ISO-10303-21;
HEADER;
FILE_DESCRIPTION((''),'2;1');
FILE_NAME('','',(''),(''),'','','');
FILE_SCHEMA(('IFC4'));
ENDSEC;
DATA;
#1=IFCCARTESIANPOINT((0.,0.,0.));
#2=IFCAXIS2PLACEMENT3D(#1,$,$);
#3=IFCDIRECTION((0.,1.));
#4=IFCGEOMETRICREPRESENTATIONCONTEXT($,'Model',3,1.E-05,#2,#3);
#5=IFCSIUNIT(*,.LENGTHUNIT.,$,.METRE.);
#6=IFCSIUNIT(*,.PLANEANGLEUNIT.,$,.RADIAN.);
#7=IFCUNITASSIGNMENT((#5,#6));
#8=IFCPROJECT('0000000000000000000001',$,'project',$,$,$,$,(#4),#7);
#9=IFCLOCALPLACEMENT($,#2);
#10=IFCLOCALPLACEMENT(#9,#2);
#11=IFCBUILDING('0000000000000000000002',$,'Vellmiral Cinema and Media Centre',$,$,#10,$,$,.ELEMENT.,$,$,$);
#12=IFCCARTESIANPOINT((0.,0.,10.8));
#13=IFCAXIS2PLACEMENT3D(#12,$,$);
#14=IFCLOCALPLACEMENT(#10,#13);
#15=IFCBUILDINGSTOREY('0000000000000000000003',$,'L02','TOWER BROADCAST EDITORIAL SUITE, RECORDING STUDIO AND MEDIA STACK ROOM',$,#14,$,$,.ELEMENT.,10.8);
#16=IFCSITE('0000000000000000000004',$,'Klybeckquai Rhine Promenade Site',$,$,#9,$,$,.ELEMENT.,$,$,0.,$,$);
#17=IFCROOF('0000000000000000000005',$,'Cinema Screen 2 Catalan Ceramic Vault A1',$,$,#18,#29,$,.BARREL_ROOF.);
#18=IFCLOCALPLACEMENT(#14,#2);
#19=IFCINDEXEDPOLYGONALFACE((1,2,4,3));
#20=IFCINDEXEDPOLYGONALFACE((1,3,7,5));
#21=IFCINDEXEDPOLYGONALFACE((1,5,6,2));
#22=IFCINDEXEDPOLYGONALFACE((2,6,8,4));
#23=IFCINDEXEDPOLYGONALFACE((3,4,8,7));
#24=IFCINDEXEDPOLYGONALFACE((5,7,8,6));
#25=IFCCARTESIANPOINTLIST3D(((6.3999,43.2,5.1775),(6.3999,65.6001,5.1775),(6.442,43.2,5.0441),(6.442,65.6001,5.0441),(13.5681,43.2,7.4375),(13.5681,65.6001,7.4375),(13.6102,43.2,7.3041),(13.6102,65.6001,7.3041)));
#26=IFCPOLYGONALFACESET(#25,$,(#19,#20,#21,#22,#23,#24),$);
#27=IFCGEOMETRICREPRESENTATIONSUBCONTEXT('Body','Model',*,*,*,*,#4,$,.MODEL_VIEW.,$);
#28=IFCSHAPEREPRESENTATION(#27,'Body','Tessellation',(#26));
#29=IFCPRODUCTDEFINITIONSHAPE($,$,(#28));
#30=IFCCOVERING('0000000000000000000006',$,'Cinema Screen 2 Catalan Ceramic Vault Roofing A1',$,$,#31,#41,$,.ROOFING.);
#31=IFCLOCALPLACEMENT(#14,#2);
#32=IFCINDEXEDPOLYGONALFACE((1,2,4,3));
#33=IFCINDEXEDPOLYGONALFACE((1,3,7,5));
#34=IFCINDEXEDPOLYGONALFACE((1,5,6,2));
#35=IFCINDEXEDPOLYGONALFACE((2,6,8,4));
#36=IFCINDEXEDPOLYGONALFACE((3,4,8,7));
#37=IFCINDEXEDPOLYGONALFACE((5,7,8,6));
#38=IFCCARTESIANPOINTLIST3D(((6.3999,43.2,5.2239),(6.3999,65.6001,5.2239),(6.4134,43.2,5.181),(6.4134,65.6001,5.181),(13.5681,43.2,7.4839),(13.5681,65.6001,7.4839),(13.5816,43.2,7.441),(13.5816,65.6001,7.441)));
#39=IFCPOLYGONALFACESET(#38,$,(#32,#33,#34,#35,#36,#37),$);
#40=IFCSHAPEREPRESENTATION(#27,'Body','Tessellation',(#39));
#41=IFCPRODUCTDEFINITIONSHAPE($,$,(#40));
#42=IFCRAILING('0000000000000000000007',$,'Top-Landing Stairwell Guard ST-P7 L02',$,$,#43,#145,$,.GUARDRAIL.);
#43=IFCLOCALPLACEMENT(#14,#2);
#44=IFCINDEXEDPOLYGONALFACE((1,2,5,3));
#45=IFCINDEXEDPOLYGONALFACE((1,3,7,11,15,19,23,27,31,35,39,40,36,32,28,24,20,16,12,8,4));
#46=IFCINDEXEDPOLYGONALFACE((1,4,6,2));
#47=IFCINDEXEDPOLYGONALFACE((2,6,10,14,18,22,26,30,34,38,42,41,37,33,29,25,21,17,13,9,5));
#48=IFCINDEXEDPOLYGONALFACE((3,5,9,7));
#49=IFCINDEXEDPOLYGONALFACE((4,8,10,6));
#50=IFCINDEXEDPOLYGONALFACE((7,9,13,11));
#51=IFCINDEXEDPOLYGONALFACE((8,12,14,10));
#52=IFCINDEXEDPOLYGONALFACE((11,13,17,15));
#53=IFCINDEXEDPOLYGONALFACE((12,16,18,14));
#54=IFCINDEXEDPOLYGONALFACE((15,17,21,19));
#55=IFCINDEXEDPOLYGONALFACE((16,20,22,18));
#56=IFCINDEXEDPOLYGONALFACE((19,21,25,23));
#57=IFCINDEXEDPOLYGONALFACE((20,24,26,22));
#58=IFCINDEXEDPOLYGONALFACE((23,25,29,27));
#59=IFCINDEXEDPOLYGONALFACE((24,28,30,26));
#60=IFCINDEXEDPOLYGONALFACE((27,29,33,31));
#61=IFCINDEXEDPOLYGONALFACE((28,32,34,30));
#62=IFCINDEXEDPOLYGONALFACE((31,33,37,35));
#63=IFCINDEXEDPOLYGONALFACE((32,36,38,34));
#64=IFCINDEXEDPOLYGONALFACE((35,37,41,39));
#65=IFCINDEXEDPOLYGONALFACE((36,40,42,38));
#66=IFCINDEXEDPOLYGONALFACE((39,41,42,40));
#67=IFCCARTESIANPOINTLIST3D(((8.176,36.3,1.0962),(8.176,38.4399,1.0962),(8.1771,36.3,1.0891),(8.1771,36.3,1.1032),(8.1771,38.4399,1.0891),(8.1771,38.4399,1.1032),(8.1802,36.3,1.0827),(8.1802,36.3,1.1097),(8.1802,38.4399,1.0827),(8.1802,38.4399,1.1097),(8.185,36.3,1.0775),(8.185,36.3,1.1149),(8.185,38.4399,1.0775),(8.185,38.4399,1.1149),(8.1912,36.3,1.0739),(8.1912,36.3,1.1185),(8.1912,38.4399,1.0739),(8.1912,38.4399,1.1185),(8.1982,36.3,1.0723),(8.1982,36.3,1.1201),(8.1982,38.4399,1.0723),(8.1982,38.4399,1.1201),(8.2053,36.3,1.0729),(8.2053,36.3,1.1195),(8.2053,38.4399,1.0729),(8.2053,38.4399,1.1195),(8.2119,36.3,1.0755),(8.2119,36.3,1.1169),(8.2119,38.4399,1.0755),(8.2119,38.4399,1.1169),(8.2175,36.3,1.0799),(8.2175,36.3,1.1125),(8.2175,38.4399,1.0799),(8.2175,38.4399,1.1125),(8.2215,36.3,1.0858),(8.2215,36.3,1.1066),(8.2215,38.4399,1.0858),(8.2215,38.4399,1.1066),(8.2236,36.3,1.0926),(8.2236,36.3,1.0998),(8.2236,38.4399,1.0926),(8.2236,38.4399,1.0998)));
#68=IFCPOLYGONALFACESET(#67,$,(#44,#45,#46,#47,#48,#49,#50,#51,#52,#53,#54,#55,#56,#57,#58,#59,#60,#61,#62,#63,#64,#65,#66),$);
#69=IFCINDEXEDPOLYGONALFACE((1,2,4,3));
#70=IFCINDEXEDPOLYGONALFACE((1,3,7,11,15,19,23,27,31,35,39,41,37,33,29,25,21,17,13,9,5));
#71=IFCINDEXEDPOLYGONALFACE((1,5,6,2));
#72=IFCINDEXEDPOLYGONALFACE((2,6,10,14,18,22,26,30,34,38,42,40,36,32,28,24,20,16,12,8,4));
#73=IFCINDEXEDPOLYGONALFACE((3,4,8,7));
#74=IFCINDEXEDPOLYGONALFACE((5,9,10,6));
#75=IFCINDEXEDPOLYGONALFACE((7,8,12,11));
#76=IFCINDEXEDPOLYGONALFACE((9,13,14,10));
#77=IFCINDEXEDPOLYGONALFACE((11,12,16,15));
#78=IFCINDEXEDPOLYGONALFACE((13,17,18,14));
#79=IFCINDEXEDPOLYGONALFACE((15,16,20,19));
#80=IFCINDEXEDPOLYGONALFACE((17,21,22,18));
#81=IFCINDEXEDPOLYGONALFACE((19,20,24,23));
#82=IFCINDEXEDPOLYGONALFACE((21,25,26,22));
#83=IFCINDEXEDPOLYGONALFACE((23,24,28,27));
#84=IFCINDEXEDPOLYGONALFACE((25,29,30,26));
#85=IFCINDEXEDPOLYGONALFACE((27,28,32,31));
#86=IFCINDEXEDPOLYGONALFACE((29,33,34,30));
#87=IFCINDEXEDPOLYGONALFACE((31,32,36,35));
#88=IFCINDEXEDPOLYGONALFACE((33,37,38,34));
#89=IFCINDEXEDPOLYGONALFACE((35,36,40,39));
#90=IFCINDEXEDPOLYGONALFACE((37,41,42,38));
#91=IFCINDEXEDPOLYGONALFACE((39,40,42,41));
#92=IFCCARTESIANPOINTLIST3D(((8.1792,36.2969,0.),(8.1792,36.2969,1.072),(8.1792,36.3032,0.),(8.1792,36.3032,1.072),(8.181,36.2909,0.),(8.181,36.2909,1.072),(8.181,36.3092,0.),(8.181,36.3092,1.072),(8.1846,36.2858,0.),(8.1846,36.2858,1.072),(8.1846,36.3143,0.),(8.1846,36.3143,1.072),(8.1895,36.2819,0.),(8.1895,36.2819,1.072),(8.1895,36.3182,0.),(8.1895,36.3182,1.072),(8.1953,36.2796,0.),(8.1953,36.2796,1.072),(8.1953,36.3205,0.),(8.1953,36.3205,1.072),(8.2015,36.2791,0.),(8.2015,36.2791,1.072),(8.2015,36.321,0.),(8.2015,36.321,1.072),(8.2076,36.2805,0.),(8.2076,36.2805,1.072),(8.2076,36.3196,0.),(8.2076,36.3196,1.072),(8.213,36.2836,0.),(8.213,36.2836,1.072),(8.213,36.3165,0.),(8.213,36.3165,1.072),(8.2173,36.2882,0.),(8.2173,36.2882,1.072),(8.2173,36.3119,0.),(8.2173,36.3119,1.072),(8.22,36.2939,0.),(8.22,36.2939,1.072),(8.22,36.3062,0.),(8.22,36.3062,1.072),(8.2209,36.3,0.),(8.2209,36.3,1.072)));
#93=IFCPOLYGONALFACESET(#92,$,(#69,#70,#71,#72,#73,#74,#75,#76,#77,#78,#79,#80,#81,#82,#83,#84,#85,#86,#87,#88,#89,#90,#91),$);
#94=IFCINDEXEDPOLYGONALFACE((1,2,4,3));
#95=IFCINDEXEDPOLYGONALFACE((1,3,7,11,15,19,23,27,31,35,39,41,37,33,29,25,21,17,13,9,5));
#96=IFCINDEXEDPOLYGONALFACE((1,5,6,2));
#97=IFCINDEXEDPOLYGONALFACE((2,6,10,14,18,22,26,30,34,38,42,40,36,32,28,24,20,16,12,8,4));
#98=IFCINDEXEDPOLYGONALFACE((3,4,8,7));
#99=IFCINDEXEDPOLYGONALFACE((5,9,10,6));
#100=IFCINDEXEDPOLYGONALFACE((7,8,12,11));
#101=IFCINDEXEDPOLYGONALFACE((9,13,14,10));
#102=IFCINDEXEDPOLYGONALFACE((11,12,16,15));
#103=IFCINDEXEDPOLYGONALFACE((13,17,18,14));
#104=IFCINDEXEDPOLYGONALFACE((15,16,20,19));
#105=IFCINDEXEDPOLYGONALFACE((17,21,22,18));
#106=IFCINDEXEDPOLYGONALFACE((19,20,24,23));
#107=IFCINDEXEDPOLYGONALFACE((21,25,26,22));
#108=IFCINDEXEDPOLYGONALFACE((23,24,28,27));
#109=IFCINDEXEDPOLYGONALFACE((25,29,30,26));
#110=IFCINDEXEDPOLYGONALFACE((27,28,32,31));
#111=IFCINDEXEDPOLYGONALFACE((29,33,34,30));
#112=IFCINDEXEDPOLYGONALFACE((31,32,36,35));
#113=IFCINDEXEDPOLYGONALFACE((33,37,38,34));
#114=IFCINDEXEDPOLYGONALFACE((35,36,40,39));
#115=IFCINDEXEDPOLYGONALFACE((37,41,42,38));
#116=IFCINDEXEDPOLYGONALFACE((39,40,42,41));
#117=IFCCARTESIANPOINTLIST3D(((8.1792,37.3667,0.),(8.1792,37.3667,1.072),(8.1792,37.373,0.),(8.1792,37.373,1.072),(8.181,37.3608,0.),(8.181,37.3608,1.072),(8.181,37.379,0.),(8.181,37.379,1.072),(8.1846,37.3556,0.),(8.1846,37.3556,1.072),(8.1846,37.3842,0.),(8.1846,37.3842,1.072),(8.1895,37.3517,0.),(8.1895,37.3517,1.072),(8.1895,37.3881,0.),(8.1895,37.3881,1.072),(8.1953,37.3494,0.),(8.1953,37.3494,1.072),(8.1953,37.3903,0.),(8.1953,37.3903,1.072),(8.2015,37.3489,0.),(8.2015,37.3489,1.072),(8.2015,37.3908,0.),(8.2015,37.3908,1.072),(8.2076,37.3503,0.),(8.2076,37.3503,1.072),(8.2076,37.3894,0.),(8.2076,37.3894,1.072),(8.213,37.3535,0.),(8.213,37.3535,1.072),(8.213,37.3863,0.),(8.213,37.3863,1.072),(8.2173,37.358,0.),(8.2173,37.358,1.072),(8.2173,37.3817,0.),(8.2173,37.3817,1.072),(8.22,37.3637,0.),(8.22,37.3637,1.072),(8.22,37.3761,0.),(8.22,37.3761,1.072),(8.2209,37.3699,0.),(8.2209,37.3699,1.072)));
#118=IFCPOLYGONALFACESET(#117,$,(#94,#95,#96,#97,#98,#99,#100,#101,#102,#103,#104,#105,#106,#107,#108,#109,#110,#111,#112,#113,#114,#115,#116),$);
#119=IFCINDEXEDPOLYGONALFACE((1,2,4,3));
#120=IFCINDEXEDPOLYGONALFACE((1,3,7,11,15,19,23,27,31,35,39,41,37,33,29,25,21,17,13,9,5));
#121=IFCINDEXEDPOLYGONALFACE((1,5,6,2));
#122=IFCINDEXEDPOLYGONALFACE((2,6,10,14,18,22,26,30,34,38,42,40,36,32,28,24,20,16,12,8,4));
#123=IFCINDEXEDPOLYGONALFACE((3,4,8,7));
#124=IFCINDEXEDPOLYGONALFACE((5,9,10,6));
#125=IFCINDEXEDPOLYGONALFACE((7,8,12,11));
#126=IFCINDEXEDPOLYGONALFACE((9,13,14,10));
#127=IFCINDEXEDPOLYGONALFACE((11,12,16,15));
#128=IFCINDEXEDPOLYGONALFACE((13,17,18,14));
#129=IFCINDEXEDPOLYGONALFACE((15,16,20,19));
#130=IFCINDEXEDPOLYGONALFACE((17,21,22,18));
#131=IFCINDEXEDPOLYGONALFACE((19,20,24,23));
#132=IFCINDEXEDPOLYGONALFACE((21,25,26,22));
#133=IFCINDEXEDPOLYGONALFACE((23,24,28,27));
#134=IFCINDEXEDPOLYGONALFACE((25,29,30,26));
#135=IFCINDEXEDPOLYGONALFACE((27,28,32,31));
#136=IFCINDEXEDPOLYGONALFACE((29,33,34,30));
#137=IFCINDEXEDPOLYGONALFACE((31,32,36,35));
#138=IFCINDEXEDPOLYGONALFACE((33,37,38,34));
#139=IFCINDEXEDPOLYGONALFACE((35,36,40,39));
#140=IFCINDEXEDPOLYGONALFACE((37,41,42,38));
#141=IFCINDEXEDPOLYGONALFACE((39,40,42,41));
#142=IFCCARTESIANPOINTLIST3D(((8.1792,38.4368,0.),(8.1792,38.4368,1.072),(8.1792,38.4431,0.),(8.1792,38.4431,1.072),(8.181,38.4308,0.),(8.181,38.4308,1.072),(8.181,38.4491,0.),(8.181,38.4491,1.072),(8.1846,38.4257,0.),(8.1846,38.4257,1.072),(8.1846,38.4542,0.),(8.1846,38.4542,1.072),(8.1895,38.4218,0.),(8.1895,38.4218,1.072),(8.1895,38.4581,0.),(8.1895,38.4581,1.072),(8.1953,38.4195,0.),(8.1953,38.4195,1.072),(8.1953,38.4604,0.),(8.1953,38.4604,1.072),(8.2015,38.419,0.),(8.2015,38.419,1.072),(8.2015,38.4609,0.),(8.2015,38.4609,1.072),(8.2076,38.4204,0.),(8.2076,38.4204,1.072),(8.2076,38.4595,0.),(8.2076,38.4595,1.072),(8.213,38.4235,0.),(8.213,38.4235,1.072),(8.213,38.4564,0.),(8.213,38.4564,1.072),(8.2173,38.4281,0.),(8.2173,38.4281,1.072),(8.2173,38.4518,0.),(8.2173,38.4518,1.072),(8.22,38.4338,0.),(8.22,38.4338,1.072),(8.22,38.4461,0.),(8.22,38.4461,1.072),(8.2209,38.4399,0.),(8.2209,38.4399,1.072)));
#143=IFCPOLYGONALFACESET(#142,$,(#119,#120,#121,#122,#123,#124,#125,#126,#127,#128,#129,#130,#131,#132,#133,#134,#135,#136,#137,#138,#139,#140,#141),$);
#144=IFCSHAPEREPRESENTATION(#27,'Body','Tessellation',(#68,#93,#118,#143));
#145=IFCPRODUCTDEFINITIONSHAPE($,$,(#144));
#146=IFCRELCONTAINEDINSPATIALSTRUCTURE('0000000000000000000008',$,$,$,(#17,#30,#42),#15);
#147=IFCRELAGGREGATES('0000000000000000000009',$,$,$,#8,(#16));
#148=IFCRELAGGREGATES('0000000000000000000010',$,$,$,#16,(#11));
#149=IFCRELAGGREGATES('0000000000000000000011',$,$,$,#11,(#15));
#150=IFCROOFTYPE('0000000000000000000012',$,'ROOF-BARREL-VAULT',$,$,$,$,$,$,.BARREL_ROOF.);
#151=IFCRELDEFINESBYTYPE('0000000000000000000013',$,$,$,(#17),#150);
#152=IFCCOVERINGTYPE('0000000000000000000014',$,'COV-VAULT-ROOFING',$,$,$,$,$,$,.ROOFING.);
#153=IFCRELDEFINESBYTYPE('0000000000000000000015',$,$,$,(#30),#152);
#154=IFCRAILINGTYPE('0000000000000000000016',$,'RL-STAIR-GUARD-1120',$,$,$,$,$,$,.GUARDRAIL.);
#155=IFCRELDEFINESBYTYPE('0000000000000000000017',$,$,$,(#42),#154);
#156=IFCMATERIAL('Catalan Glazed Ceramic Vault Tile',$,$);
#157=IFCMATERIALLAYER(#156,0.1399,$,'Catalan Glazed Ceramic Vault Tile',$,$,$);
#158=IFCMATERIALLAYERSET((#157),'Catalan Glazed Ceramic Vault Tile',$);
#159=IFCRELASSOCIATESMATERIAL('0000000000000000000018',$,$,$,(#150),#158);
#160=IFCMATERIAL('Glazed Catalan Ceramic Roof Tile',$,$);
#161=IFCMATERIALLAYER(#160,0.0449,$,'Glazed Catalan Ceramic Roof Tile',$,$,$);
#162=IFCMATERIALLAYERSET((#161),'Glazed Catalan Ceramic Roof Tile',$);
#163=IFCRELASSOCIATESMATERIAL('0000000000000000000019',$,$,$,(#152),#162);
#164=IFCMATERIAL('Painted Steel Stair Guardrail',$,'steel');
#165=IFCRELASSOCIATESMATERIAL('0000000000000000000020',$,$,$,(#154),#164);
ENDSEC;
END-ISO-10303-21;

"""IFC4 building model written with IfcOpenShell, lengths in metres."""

from ifc_helpers import new_model, si_unit, direction, frame, origin, origin_2d, place, context, subcontext, project, spatial, polyline, circle, outline, extrude, material, layer, layer_set, type_object, element, save


model = new_model("IFC4")

# Units and contexts
model_context = context("Model", 3, precision=1e-05, world=origin(), true_north=direction((0.0, 1.0)))
body_context = subcontext(model_context, "Body", "Model", "MODEL_VIEW")
ifc_project = project(units=[si_unit("LENGTHUNIT", "METRE"), si_unit("PLANEANGLEUNIT", "RADIAN")], contexts=[model_context])

# Site, building, storey
site_placement = place(None, origin())
site = spatial("IfcSite", under=ifc_project, at=site_placement, Name="Klybeckquai Rhine Promenade Site", CompositionType="ELEMENT", RefElevation=0.0)
building_placement = place(site_placement, origin())
building = spatial("IfcBuilding", under=site, at=building_placement, Name="Vellmiral Cinema and Media Centre", CompositionType="ELEMENT")
storey_placement = place(building_placement, frame((0.0, 0.0, 10.8)))
storey = spatial("IfcBuildingStorey", under=building, at=storey_placement, Name="L02", Description="TOWER BROADCAST EDITORIAL SUITE, RECORDING STUDIO AND MEDIA STACK ROOM", CompositionType="ELEMENT", Elevation=10.8)

# Roof
ifc_material_1 = material(Name="Catalan Glazed Ceramic Vault Tile")
ifc_layer_1 = layer(ifc_material_1, 0.1399, Name="Catalan Glazed Ceramic Vault Tile")
ifc_layer_set_1 = layer_set([ifc_layer_1], Name="Catalan Glazed Ceramic Vault Tile")
roof_type = type_object("IfcRoofType", Name="ROOF-BARREL-VAULT", PredefinedType="BARREL_ROOF", material=ifc_layer_set_1)
roof_placement = place(storey_placement, frame((6.3999, 43.2, 5.1775), z_axis=(-0.300691, 0.0, 0.953721), x_axis=(0.953721, 0.0, 0.300691)))
element("IfcRoof", 1, at=roof_placement, inside=storey, type_object=roof_type, Name="Cinema Screen 2 Catalan Ceramic Vault A1", PredefinedType="BARREL_ROOF", context=body_context, shape_type="SweptSolid", body=[
    extrude(outline(polyline([(0.0, 0.0), (7.516, 0.0), (7.516, 22.4001), (0.0, 22.4001), (0.0, 0.0)])), origin(), (0.0, 0.0, -1.0), 0.1399),
])

# Covering
ifc_material_2 = material(Name="Glazed Catalan Ceramic Roof Tile")
ifc_layer_2 = layer(ifc_material_2, 0.0449, Name="Glazed Catalan Ceramic Roof Tile")
ifc_layer_set_2 = layer_set([ifc_layer_2], Name="Glazed Catalan Ceramic Roof Tile")
covering_type = type_object("IfcCoveringType", Name="COV-VAULT-ROOFING", PredefinedType="ROOFING", material=ifc_layer_set_2)
covering_placement = place(storey_placement, frame((6.3999, 43.2, 5.2239), z_axis=(-0.300691, 0.0, 0.953721), x_axis=(0.953721, 0.0, 0.300691)))
element("IfcCovering", 2, at=covering_placement, inside=storey, type_object=covering_type, Name="Cinema Screen 2 Catalan Ceramic Vault Roofing A1", PredefinedType="ROOFING", context=body_context, shape_type="SweptSolid", body=[
    extrude(outline(polyline([(0.0, 0.0), (7.516, 0.0), (7.516, 22.4001), (0.0, 22.4001), (0.0, 0.0)])), origin(), (0.0, 0.0, -1.0), 0.0449),
])

# Railing
ifc_material_3 = material(Name="Painted Steel Stair Guardrail", Category="steel")
railing_type = type_object("IfcRailingType", Name="RL-STAIR-GUARD-1120", PredefinedType="GUARDRAIL", material=ifc_material_3)
railing_placement = place(storey_placement, frame((8.2, 36.3, 0.0)))
element("IfcRailing", 3, at=railing_placement, inside=storey, type_object=railing_type, Name="Top-Landing Stairwell Guard ST-P7 L02", PredefinedType="GUARDRAIL", context=body_context, shape_type="SweptSolid", body=[
    extrude(circle(Radius=0.0239, at=origin_2d()), frame((0.0, 0.0, 1.0962), z_axis=(0.0, 1.0, 0.0), x_axis=(-1.0, 0.0, 0.0)), (0.0, 0.0, 1.0), 2.1399),
    extrude(circle(Radius=0.021, at=origin_2d()), origin(), (0.0, 0.0, 1.0), 1.072),
    extrude(circle(Radius=0.021, at=origin_2d()), frame((0.0, 1.0698, 0.0)), (0.0, 0.0, 1.0), 1.072),
    extrude(circle(Radius=0.021, at=origin_2d()), frame((0.0, 2.1399, 0.0)), (0.0, 0.0, 1.0), 1.072),
])

save(model, "model.ifc")
